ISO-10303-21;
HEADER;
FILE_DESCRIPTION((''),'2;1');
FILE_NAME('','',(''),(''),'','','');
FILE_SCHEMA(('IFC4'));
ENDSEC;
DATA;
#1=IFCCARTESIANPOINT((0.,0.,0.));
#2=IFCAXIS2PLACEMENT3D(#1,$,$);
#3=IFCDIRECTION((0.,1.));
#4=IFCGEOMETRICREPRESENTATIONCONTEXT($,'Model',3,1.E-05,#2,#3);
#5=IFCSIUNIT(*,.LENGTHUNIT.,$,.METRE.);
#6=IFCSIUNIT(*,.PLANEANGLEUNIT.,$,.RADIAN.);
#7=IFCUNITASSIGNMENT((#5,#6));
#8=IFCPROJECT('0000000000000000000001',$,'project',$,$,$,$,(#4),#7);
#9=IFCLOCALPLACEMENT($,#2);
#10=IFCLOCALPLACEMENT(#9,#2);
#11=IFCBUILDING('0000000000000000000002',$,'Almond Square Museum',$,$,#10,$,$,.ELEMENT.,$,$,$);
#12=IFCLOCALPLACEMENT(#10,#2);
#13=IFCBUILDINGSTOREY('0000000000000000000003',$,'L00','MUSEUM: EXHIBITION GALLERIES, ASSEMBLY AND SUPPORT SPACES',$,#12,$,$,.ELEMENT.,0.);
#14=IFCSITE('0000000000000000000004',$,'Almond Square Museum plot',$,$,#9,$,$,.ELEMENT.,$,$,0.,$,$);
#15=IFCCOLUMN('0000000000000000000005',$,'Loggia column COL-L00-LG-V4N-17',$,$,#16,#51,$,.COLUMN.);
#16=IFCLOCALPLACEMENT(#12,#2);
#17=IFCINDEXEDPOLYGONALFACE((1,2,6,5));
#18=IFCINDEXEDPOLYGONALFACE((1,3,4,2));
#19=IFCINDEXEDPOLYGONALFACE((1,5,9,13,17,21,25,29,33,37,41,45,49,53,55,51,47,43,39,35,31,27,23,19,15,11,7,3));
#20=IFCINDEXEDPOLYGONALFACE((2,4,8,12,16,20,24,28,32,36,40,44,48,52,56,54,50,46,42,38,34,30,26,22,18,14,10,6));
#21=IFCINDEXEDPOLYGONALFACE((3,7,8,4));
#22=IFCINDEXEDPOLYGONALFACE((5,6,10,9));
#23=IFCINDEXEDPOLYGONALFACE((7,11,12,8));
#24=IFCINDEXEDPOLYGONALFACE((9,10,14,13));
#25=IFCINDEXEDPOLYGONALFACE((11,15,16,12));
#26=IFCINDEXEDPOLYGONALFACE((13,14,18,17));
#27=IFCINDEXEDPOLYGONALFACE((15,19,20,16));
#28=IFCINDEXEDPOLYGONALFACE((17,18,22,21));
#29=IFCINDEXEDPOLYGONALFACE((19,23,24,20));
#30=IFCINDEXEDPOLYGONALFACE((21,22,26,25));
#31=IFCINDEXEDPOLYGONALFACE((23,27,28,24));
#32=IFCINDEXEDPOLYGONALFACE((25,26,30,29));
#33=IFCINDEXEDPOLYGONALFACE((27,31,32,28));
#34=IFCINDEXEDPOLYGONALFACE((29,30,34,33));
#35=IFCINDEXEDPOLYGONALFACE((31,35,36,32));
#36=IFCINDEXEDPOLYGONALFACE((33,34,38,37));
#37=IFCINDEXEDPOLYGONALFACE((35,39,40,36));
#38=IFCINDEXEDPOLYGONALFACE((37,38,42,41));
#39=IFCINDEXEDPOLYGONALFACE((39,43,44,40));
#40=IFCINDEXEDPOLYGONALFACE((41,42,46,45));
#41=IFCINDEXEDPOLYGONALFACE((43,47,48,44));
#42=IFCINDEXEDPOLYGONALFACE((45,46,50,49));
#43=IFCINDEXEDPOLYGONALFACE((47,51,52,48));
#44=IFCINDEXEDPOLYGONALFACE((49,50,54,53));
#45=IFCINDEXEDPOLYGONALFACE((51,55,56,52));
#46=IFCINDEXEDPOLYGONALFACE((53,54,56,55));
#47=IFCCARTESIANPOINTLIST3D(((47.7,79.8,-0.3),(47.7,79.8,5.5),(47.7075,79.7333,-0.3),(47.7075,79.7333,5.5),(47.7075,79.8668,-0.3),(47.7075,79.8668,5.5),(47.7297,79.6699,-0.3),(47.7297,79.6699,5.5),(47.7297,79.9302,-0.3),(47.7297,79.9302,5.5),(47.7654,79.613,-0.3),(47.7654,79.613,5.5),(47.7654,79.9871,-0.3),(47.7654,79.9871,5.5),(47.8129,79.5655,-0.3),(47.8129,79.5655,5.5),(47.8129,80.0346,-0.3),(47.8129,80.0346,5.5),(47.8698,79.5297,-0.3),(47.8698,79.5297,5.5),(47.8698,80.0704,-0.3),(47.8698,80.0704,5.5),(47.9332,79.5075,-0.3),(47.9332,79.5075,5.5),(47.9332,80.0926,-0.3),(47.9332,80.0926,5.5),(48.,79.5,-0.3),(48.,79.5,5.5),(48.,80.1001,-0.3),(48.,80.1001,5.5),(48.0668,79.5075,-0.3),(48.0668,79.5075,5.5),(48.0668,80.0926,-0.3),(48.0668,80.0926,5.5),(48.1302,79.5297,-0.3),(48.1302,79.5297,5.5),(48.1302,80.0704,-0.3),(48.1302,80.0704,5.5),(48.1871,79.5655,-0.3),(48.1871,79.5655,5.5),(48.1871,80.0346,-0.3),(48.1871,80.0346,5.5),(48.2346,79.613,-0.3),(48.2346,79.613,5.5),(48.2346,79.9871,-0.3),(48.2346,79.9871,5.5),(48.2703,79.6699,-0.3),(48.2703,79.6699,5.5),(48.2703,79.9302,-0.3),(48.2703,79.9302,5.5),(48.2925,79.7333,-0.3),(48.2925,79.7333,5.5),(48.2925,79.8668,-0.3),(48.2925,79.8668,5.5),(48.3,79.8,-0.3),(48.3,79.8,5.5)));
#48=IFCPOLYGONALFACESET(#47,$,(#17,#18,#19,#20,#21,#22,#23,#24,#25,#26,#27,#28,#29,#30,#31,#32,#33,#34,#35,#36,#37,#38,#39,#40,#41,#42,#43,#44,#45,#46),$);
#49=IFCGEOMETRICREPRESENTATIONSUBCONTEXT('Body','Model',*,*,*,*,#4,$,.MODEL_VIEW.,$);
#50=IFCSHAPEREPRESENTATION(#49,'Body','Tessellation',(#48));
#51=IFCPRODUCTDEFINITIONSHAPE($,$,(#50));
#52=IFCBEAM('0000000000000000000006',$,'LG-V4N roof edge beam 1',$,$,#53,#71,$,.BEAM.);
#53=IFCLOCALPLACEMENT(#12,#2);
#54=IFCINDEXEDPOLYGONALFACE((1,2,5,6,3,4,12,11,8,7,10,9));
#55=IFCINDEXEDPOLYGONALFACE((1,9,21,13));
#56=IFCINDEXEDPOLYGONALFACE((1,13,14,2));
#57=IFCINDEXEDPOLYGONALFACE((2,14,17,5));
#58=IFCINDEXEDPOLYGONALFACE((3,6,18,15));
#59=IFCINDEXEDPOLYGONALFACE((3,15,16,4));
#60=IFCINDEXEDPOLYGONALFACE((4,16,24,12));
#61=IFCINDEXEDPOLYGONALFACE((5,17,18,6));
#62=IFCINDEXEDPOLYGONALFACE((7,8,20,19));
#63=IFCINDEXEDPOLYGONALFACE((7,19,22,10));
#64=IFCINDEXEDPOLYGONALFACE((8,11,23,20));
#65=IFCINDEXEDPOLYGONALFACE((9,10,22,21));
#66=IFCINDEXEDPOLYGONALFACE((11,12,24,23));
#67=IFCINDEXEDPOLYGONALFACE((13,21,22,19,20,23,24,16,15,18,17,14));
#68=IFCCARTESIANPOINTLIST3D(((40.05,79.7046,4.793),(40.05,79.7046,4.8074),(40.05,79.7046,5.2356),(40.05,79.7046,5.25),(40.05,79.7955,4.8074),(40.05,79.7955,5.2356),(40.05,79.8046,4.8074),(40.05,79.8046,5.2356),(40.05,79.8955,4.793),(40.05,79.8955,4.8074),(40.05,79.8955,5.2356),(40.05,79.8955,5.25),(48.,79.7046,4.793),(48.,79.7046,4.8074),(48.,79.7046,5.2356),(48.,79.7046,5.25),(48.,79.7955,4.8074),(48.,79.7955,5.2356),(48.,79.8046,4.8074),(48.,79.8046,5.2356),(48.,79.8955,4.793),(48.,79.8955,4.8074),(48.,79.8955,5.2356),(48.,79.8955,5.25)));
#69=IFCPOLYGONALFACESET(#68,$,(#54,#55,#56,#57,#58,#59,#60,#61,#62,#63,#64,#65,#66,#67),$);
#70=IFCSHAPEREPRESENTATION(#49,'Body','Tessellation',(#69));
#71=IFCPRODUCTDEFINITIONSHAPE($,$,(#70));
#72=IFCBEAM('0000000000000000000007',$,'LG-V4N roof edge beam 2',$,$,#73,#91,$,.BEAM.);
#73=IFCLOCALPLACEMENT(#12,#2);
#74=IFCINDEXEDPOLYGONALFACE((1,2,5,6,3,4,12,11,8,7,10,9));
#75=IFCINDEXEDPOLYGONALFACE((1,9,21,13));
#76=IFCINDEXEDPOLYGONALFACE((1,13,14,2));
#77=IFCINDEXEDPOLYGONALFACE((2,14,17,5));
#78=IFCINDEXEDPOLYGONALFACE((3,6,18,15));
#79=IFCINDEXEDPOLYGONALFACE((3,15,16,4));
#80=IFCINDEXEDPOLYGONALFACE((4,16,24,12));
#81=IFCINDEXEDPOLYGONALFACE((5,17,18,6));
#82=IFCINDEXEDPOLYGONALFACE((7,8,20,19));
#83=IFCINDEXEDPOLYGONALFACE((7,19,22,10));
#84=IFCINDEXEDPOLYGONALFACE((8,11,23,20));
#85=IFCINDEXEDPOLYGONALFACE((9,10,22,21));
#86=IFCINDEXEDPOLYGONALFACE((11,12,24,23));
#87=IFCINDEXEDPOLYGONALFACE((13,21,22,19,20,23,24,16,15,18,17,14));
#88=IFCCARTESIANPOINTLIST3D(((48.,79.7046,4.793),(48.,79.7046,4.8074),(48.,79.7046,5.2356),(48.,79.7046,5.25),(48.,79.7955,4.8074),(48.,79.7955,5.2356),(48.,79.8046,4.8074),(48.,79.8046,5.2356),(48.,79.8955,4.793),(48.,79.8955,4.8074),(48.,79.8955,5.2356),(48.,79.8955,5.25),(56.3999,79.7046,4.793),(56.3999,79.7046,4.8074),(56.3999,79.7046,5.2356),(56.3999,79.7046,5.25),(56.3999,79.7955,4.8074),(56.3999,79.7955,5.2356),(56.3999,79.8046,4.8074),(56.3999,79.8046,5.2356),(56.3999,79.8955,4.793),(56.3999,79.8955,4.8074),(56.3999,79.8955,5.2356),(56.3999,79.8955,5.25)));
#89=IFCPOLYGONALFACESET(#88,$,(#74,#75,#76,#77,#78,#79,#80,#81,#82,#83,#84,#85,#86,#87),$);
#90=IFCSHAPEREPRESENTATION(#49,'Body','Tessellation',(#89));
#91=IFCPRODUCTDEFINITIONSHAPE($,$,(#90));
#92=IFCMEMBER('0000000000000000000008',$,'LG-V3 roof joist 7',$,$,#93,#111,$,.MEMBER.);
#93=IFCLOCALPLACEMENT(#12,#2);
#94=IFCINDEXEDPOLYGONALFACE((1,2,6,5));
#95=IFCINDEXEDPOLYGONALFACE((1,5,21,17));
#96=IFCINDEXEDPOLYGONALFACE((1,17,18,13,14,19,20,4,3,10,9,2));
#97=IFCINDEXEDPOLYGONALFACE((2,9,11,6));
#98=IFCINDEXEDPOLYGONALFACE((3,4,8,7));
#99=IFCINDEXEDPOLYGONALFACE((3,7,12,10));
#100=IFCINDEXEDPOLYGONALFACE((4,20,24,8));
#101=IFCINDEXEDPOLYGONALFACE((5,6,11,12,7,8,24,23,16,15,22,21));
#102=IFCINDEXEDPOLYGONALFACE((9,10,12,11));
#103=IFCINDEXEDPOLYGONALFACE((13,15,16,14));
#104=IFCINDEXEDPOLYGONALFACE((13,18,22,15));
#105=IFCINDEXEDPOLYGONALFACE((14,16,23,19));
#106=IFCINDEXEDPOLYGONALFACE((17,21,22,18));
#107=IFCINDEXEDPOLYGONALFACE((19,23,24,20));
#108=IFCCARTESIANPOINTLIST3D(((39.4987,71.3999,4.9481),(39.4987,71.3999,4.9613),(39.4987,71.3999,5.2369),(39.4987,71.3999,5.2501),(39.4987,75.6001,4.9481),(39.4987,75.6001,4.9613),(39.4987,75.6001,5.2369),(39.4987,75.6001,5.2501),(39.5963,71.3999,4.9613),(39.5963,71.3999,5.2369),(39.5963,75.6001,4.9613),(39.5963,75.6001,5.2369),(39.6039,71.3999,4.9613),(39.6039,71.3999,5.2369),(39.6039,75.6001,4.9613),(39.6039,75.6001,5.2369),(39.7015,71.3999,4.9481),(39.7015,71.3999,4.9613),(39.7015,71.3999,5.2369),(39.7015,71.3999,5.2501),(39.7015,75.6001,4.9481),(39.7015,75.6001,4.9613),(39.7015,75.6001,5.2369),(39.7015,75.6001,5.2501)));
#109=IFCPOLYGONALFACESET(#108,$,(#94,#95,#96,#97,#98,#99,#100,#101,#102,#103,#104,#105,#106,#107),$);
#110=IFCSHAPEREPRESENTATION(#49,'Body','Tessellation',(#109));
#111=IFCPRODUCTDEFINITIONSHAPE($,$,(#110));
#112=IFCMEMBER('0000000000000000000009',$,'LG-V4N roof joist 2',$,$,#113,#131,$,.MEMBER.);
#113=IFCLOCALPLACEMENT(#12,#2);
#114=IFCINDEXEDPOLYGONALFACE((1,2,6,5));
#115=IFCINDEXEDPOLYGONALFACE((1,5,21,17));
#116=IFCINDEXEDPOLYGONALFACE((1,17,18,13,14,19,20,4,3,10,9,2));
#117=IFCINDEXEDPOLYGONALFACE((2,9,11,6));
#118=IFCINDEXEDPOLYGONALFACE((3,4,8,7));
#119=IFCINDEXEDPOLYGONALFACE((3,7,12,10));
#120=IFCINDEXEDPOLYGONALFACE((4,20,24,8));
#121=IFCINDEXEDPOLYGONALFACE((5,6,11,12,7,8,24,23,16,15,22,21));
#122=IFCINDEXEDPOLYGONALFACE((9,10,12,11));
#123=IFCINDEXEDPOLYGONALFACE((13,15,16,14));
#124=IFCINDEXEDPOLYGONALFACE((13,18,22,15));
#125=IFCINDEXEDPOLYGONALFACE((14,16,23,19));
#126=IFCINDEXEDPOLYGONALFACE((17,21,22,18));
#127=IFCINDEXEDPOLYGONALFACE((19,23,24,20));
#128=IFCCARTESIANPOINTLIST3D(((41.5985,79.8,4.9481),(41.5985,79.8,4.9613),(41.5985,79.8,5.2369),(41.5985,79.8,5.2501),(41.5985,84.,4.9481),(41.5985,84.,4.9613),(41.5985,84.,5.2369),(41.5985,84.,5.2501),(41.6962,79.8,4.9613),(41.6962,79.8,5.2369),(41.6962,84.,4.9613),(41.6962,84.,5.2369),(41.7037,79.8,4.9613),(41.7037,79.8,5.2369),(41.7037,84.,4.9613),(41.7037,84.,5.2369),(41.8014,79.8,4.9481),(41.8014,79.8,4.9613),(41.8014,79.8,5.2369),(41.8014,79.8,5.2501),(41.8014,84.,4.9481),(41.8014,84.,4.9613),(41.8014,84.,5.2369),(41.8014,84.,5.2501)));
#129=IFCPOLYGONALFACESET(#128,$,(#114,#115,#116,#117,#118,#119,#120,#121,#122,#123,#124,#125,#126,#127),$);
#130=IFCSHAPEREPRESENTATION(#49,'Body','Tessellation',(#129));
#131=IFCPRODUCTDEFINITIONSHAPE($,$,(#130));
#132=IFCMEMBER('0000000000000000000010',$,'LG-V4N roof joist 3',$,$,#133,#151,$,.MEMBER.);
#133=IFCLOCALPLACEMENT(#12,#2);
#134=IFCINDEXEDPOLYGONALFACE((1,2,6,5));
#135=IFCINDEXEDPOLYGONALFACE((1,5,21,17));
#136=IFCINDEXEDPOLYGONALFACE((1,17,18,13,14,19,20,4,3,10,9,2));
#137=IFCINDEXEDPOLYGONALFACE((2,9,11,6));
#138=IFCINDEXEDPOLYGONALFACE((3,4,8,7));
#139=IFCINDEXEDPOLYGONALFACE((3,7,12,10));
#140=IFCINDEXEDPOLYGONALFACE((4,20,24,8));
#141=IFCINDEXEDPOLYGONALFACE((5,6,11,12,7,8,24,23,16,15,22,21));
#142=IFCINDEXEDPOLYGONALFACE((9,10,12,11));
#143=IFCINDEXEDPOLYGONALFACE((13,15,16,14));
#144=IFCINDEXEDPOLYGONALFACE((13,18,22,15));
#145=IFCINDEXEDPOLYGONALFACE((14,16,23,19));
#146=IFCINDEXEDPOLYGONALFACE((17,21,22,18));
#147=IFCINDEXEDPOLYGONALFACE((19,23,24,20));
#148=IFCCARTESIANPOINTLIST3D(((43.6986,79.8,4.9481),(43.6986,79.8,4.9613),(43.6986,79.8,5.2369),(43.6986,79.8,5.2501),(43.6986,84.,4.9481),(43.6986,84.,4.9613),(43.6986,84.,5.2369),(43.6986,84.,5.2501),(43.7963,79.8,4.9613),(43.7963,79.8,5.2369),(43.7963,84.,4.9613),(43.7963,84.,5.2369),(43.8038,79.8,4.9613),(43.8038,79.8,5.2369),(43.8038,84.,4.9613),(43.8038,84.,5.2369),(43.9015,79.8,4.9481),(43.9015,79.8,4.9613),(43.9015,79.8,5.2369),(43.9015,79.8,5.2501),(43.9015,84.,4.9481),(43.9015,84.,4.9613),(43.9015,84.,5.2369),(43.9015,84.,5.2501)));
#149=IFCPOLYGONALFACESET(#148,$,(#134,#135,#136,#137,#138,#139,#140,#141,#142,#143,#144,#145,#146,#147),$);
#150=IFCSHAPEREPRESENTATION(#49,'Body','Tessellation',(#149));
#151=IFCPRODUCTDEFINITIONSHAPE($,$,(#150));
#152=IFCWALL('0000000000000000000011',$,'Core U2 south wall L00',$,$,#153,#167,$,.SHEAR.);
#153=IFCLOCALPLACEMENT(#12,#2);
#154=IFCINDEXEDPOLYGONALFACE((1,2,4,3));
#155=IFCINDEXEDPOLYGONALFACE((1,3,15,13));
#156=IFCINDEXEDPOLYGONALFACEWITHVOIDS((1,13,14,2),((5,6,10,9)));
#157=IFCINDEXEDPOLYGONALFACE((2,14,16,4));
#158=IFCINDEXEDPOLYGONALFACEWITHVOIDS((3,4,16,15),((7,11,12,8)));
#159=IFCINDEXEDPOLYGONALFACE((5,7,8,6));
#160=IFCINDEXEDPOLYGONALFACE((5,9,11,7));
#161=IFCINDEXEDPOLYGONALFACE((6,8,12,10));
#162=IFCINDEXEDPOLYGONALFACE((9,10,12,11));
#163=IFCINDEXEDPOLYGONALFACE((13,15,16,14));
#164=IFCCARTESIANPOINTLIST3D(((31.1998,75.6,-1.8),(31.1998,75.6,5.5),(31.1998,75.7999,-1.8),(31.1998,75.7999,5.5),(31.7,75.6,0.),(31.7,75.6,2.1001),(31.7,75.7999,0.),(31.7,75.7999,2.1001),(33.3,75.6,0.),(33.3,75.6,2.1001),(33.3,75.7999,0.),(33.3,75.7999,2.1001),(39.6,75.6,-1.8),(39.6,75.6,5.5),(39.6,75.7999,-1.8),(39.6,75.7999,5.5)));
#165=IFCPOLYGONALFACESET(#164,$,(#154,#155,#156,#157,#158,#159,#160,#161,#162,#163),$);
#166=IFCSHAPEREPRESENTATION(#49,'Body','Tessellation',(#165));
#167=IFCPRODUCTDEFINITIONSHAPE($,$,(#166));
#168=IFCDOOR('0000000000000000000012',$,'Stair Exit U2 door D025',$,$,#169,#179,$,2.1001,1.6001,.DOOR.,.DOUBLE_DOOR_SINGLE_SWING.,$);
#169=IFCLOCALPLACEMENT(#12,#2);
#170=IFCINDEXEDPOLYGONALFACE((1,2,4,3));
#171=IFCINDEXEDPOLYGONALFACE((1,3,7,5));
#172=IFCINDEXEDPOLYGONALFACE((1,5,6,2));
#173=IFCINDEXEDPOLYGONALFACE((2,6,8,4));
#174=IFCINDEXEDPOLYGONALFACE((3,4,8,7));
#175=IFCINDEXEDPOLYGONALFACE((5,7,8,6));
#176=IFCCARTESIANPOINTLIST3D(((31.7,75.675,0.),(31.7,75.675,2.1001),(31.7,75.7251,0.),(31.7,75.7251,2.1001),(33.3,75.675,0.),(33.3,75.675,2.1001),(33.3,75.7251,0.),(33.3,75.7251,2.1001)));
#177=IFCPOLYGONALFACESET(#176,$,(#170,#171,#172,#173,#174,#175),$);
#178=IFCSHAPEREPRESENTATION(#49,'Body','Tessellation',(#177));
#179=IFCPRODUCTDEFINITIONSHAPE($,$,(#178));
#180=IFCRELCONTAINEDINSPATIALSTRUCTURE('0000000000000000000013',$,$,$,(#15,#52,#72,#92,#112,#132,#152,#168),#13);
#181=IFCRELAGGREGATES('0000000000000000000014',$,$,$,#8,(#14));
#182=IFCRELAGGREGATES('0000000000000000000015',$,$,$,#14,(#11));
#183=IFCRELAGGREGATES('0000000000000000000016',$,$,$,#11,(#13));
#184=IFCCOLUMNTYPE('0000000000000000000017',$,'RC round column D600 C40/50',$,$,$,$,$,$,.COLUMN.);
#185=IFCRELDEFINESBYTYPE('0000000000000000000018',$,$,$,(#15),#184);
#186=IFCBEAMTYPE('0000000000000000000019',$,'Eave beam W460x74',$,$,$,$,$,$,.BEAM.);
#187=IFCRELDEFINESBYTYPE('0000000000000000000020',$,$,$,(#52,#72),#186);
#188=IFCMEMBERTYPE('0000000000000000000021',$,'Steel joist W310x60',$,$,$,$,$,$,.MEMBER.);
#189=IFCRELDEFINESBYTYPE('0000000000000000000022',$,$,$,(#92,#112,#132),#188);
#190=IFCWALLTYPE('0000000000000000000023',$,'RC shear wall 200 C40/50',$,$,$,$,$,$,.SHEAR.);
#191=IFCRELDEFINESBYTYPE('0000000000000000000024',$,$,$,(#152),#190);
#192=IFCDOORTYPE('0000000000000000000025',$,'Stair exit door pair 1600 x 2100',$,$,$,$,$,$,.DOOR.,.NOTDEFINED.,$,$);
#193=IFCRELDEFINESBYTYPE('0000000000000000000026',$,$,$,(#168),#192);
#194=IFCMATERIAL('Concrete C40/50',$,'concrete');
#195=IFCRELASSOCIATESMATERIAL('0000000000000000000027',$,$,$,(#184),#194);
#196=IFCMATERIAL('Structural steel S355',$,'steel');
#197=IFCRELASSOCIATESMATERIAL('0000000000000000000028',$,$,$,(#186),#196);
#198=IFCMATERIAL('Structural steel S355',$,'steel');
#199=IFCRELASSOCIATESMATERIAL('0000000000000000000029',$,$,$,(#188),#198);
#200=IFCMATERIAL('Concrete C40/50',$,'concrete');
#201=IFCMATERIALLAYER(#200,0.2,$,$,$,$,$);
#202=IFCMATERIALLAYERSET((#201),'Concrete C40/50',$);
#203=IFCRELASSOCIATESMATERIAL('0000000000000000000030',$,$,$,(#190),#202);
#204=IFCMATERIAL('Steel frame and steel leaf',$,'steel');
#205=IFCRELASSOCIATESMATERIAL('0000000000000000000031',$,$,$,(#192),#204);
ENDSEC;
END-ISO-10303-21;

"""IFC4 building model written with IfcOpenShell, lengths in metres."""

from ifc_helpers import new_model, si_unit, direction, frame, frame_2d, origin, origin_2d, place, context, subcontext, project, spatial, rectangle, circle, i_section, extrude, material, layer, layer_set, material_profile, profile_set, type_object, element, fill, save


model = new_model("IFC4")

# Units and contexts
model_context = context("Model", 3, precision=1e-05, world=origin(), true_north=direction((0.0, 1.0)))
body_context = subcontext(model_context, "Body", "Model", "MODEL_VIEW")
ifc_project = project(units=[si_unit("LENGTHUNIT", "METRE"), si_unit("PLANEANGLEUNIT", "RADIAN")], contexts=[model_context])

# Site, building, storey
site_placement = place(None, origin())
site = spatial("IfcSite", under=ifc_project, at=site_placement, Name="Almond Square Museum plot", CompositionType="ELEMENT", RefElevation=0.0)
building_placement = place(site_placement, origin())
building = spatial("IfcBuilding", under=site, at=building_placement, Name="Almond Square Museum", CompositionType="ELEMENT")
storey_placement = place(building_placement, origin())
storey = spatial("IfcBuildingStorey", under=building, at=storey_placement, Name="L00", Description="MUSEUM: EXHIBITION GALLERIES, ASSEMBLY AND SUPPORT SPACES", CompositionType="ELEMENT", Elevation=0.0)

# Column
ifc_material_1 = material(Name="Concrete C40/50", Category="concrete")
ifc_material_profile_1 = material_profile(ifc_material_1, circle(Radius=0.3, at=origin_2d()))
ifc_profile_set_1 = profile_set([ifc_material_profile_1], Name="Concrete C40/50")
column_type = type_object("IfcColumnType", Name="RC round column D600 C40/50", PredefinedType="COLUMN", material=ifc_profile_set_1)
for number, where, z_axis, x_axis, name in (
    (1, (48.0, 79.8, -0.3), (0.0, 0.0, 1.0), (1.0, 0.0, 0.0), "Loggia column COL-L00-LG-V4N-17"),
):
    element("IfcColumn", number, at=place(storey_placement, frame(where, z_axis=z_axis, x_axis=x_axis)), inside=storey, type_object=column_type, Name=name, PredefinedType="COLUMN", context=body_context, shape_type="SweptSolid", body=[
        extrude(circle(Radius=0.3, at=origin_2d()), origin(), (0.0, 0.0, 1.0), 5.8),
    ])

# Beams
ifc_material_2 = material(Name="Structural steel S355", Category="steel")
ifc_material_profile_2 = material_profile(ifc_material_2, i_section(OverallWidth=0.1909, OverallDepth=0.457, WebThickness=0.009, FlangeThickness=0.0144, at=origin_2d()))
ifc_profile_set_2 = profile_set([ifc_material_profile_2], Name="Structural steel S355")
beam_type = type_object("IfcBeamType", Name="Eave beam W460x74", PredefinedType="BEAM", material=ifc_profile_set_2)
beam_1_placement = place(storey_placement, frame((40.05, 79.8, 5.0215), z_axis=(1.0, 0.0, 0.0), x_axis=(0.0, 1.0, 0.0)))
element("IfcBeam", 2, at=beam_1_placement, inside=storey, type_object=beam_type, Name="LG-V4N roof edge beam 1", PredefinedType="BEAM", context=body_context, shape_type="SweptSolid", body=[
    extrude(i_section(OverallWidth=0.1909, OverallDepth=0.457, WebThickness=0.009, FlangeThickness=0.0144, at=origin_2d()), origin(), (0.0, 0.0, 1.0), 7.95),
])
beam_2_placement = place(storey_placement, frame((48.0, 79.8, 5.0215), z_axis=(1.0, 0.0, 0.0), x_axis=(0.0, 1.0, 0.0)))
element("IfcBeam", 3, at=beam_2_placement, inside=storey, type_object=beam_type, Name="LG-V4N roof edge beam 2", PredefinedType="BEAM", context=body_context, shape_type="SweptSolid", body=[
    extrude(i_section(OverallWidth=0.1909, OverallDepth=0.457, WebThickness=0.009, FlangeThickness=0.0144, at=origin_2d()), origin(), (0.0, 0.0, 1.0), 8.3999),
])

# Members
ifc_material_3 = material(Name="Structural steel S355", Category="steel")
ifc_material_profile_3 = material_profile(ifc_material_3, i_section(OverallWidth=0.2029, OverallDepth=0.302, WebThickness=0.0076, FlangeThickness=0.0132, at=origin_2d()))
ifc_profile_set_3 = profile_set([ifc_material_profile_3], Name="Structural steel S355")
member_type = type_object("IfcMemberType", Name="Steel joist W310x60", PredefinedType="MEMBER", material=ifc_profile_set_3)
member_placement = place(storey_placement, frame((39.6001, 75.6001, 5.0991), z_axis=(0.0, -1.0, 0.0), x_axis=(1.0, 0.0, 0.0)))
element("IfcMember", 4, at=member_placement, inside=storey, type_object=member_type, Name="LG-V3 roof joist 7", PredefinedType="MEMBER", context=body_context, shape_type="SweptSolid", body=[
    extrude(i_section(OverallWidth=0.2029, OverallDepth=0.302, WebThickness=0.0076, FlangeThickness=0.0132, at=origin_2d()), origin(), (0.0, 0.0, 1.0), 4.2002),
])
for number, where, z_axis, x_axis, name in (
    (5, (41.7, 84.0, 5.0991), (0.0, -1.0, 0.0), (1.0, 0.0, 0.0), "LG-V4N roof joist 2"),
    (6, (43.8, 84.0, 5.0991), (0.0, -1.0, 0.0), (1.0, 0.0, 0.0), "LG-V4N roof joist 3"),
):
    element("IfcMember", number, at=place(storey_placement, frame(where, z_axis=z_axis, x_axis=x_axis)), inside=storey, type_object=member_type, Name=name, PredefinedType="MEMBER", context=body_context, shape_type="SweptSolid", body=[
        extrude(i_section(OverallWidth=0.2029, OverallDepth=0.302, WebThickness=0.0076, FlangeThickness=0.0132, at=origin_2d()), origin(), (0.0, 0.0, 1.0), 4.2),
    ])

# Wall, opening, door
ifc_material_4 = material(Name="Concrete C40/50", Category="concrete")
ifc_layer = layer(ifc_material_4, 0.2)
ifc_layer_set = layer_set([ifc_layer], Name="Concrete C40/50")
wall_type = type_object("IfcWallType", Name="RC shear wall 200 C40/50", PredefinedType="SHEAR", material=ifc_layer_set)
wall_placement = place(storey_placement, frame((39.6001, 75.7, -1.8), z_axis=(0.0, 0.0, 1.0), x_axis=(-1.0, 0.0, 0.0)))
wall = element("IfcWall", 7, at=wall_placement, inside=storey, type_object=wall_type, Name="Core U2 south wall L00", PredefinedType="SHEAR", context=body_context, shape_type="SweptSolid", body=[
    extrude(rectangle(XDim=8.4001, YDim=0.2, at=frame_2d((4.2002, 0.0))), origin(), (0.0, 0.0, 1.0), 7.3),
])
opening_placement = place(wall_placement, frame((6.3, 0.0, 1.8)))
opening = element("IfcOpeningElement", 8, at=opening_placement, cuts=wall, PredefinedType="OPENING", context=body_context, shape_type="SweptSolid", body=[
    extrude(rectangle(XDim=1.6001, YDim=2.1001, at=frame_2d((0.8, 1.05))), frame((0.0, 0.1099, 0.0), z_axis=(0.0, -1.0, 0.0), x_axis=(1.0, 0.0, 0.0)), (0.0, 0.0, 1.0), 0.22),
])
ifc_material_5 = material(Name="Steel frame and steel leaf", Category="steel")
door_type = type_object("IfcDoorType", Name="Stair exit door pair 1600 x 2100", OperationType="NOTDEFINED", PredefinedType="DOOR", material=ifc_material_5)
door_placement = place(opening_placement, origin())
door = element("IfcDoor", 9, at=door_placement, inside=storey, type_object=door_type, Name="Stair Exit U2 door D025", OperationType="DOUBLE_DOOR_SINGLE_SWING", OverallHeight=2.1001, OverallWidth=1.6001, PredefinedType="DOOR", context=body_context, shape_type="SweptSolid", body=[
    extrude(rectangle(XDim=1.6001, YDim=2.1001, at=frame_2d((0.8, 1.05))), frame((0.0, 0.0249, 0.0), z_axis=(0.0, -1.0, 0.0), x_axis=(1.0, 0.0, 0.0)), (0.0, 0.0, 1.0), 0.05),
])
fill(opening, door)

save(model, "model.ifc")
